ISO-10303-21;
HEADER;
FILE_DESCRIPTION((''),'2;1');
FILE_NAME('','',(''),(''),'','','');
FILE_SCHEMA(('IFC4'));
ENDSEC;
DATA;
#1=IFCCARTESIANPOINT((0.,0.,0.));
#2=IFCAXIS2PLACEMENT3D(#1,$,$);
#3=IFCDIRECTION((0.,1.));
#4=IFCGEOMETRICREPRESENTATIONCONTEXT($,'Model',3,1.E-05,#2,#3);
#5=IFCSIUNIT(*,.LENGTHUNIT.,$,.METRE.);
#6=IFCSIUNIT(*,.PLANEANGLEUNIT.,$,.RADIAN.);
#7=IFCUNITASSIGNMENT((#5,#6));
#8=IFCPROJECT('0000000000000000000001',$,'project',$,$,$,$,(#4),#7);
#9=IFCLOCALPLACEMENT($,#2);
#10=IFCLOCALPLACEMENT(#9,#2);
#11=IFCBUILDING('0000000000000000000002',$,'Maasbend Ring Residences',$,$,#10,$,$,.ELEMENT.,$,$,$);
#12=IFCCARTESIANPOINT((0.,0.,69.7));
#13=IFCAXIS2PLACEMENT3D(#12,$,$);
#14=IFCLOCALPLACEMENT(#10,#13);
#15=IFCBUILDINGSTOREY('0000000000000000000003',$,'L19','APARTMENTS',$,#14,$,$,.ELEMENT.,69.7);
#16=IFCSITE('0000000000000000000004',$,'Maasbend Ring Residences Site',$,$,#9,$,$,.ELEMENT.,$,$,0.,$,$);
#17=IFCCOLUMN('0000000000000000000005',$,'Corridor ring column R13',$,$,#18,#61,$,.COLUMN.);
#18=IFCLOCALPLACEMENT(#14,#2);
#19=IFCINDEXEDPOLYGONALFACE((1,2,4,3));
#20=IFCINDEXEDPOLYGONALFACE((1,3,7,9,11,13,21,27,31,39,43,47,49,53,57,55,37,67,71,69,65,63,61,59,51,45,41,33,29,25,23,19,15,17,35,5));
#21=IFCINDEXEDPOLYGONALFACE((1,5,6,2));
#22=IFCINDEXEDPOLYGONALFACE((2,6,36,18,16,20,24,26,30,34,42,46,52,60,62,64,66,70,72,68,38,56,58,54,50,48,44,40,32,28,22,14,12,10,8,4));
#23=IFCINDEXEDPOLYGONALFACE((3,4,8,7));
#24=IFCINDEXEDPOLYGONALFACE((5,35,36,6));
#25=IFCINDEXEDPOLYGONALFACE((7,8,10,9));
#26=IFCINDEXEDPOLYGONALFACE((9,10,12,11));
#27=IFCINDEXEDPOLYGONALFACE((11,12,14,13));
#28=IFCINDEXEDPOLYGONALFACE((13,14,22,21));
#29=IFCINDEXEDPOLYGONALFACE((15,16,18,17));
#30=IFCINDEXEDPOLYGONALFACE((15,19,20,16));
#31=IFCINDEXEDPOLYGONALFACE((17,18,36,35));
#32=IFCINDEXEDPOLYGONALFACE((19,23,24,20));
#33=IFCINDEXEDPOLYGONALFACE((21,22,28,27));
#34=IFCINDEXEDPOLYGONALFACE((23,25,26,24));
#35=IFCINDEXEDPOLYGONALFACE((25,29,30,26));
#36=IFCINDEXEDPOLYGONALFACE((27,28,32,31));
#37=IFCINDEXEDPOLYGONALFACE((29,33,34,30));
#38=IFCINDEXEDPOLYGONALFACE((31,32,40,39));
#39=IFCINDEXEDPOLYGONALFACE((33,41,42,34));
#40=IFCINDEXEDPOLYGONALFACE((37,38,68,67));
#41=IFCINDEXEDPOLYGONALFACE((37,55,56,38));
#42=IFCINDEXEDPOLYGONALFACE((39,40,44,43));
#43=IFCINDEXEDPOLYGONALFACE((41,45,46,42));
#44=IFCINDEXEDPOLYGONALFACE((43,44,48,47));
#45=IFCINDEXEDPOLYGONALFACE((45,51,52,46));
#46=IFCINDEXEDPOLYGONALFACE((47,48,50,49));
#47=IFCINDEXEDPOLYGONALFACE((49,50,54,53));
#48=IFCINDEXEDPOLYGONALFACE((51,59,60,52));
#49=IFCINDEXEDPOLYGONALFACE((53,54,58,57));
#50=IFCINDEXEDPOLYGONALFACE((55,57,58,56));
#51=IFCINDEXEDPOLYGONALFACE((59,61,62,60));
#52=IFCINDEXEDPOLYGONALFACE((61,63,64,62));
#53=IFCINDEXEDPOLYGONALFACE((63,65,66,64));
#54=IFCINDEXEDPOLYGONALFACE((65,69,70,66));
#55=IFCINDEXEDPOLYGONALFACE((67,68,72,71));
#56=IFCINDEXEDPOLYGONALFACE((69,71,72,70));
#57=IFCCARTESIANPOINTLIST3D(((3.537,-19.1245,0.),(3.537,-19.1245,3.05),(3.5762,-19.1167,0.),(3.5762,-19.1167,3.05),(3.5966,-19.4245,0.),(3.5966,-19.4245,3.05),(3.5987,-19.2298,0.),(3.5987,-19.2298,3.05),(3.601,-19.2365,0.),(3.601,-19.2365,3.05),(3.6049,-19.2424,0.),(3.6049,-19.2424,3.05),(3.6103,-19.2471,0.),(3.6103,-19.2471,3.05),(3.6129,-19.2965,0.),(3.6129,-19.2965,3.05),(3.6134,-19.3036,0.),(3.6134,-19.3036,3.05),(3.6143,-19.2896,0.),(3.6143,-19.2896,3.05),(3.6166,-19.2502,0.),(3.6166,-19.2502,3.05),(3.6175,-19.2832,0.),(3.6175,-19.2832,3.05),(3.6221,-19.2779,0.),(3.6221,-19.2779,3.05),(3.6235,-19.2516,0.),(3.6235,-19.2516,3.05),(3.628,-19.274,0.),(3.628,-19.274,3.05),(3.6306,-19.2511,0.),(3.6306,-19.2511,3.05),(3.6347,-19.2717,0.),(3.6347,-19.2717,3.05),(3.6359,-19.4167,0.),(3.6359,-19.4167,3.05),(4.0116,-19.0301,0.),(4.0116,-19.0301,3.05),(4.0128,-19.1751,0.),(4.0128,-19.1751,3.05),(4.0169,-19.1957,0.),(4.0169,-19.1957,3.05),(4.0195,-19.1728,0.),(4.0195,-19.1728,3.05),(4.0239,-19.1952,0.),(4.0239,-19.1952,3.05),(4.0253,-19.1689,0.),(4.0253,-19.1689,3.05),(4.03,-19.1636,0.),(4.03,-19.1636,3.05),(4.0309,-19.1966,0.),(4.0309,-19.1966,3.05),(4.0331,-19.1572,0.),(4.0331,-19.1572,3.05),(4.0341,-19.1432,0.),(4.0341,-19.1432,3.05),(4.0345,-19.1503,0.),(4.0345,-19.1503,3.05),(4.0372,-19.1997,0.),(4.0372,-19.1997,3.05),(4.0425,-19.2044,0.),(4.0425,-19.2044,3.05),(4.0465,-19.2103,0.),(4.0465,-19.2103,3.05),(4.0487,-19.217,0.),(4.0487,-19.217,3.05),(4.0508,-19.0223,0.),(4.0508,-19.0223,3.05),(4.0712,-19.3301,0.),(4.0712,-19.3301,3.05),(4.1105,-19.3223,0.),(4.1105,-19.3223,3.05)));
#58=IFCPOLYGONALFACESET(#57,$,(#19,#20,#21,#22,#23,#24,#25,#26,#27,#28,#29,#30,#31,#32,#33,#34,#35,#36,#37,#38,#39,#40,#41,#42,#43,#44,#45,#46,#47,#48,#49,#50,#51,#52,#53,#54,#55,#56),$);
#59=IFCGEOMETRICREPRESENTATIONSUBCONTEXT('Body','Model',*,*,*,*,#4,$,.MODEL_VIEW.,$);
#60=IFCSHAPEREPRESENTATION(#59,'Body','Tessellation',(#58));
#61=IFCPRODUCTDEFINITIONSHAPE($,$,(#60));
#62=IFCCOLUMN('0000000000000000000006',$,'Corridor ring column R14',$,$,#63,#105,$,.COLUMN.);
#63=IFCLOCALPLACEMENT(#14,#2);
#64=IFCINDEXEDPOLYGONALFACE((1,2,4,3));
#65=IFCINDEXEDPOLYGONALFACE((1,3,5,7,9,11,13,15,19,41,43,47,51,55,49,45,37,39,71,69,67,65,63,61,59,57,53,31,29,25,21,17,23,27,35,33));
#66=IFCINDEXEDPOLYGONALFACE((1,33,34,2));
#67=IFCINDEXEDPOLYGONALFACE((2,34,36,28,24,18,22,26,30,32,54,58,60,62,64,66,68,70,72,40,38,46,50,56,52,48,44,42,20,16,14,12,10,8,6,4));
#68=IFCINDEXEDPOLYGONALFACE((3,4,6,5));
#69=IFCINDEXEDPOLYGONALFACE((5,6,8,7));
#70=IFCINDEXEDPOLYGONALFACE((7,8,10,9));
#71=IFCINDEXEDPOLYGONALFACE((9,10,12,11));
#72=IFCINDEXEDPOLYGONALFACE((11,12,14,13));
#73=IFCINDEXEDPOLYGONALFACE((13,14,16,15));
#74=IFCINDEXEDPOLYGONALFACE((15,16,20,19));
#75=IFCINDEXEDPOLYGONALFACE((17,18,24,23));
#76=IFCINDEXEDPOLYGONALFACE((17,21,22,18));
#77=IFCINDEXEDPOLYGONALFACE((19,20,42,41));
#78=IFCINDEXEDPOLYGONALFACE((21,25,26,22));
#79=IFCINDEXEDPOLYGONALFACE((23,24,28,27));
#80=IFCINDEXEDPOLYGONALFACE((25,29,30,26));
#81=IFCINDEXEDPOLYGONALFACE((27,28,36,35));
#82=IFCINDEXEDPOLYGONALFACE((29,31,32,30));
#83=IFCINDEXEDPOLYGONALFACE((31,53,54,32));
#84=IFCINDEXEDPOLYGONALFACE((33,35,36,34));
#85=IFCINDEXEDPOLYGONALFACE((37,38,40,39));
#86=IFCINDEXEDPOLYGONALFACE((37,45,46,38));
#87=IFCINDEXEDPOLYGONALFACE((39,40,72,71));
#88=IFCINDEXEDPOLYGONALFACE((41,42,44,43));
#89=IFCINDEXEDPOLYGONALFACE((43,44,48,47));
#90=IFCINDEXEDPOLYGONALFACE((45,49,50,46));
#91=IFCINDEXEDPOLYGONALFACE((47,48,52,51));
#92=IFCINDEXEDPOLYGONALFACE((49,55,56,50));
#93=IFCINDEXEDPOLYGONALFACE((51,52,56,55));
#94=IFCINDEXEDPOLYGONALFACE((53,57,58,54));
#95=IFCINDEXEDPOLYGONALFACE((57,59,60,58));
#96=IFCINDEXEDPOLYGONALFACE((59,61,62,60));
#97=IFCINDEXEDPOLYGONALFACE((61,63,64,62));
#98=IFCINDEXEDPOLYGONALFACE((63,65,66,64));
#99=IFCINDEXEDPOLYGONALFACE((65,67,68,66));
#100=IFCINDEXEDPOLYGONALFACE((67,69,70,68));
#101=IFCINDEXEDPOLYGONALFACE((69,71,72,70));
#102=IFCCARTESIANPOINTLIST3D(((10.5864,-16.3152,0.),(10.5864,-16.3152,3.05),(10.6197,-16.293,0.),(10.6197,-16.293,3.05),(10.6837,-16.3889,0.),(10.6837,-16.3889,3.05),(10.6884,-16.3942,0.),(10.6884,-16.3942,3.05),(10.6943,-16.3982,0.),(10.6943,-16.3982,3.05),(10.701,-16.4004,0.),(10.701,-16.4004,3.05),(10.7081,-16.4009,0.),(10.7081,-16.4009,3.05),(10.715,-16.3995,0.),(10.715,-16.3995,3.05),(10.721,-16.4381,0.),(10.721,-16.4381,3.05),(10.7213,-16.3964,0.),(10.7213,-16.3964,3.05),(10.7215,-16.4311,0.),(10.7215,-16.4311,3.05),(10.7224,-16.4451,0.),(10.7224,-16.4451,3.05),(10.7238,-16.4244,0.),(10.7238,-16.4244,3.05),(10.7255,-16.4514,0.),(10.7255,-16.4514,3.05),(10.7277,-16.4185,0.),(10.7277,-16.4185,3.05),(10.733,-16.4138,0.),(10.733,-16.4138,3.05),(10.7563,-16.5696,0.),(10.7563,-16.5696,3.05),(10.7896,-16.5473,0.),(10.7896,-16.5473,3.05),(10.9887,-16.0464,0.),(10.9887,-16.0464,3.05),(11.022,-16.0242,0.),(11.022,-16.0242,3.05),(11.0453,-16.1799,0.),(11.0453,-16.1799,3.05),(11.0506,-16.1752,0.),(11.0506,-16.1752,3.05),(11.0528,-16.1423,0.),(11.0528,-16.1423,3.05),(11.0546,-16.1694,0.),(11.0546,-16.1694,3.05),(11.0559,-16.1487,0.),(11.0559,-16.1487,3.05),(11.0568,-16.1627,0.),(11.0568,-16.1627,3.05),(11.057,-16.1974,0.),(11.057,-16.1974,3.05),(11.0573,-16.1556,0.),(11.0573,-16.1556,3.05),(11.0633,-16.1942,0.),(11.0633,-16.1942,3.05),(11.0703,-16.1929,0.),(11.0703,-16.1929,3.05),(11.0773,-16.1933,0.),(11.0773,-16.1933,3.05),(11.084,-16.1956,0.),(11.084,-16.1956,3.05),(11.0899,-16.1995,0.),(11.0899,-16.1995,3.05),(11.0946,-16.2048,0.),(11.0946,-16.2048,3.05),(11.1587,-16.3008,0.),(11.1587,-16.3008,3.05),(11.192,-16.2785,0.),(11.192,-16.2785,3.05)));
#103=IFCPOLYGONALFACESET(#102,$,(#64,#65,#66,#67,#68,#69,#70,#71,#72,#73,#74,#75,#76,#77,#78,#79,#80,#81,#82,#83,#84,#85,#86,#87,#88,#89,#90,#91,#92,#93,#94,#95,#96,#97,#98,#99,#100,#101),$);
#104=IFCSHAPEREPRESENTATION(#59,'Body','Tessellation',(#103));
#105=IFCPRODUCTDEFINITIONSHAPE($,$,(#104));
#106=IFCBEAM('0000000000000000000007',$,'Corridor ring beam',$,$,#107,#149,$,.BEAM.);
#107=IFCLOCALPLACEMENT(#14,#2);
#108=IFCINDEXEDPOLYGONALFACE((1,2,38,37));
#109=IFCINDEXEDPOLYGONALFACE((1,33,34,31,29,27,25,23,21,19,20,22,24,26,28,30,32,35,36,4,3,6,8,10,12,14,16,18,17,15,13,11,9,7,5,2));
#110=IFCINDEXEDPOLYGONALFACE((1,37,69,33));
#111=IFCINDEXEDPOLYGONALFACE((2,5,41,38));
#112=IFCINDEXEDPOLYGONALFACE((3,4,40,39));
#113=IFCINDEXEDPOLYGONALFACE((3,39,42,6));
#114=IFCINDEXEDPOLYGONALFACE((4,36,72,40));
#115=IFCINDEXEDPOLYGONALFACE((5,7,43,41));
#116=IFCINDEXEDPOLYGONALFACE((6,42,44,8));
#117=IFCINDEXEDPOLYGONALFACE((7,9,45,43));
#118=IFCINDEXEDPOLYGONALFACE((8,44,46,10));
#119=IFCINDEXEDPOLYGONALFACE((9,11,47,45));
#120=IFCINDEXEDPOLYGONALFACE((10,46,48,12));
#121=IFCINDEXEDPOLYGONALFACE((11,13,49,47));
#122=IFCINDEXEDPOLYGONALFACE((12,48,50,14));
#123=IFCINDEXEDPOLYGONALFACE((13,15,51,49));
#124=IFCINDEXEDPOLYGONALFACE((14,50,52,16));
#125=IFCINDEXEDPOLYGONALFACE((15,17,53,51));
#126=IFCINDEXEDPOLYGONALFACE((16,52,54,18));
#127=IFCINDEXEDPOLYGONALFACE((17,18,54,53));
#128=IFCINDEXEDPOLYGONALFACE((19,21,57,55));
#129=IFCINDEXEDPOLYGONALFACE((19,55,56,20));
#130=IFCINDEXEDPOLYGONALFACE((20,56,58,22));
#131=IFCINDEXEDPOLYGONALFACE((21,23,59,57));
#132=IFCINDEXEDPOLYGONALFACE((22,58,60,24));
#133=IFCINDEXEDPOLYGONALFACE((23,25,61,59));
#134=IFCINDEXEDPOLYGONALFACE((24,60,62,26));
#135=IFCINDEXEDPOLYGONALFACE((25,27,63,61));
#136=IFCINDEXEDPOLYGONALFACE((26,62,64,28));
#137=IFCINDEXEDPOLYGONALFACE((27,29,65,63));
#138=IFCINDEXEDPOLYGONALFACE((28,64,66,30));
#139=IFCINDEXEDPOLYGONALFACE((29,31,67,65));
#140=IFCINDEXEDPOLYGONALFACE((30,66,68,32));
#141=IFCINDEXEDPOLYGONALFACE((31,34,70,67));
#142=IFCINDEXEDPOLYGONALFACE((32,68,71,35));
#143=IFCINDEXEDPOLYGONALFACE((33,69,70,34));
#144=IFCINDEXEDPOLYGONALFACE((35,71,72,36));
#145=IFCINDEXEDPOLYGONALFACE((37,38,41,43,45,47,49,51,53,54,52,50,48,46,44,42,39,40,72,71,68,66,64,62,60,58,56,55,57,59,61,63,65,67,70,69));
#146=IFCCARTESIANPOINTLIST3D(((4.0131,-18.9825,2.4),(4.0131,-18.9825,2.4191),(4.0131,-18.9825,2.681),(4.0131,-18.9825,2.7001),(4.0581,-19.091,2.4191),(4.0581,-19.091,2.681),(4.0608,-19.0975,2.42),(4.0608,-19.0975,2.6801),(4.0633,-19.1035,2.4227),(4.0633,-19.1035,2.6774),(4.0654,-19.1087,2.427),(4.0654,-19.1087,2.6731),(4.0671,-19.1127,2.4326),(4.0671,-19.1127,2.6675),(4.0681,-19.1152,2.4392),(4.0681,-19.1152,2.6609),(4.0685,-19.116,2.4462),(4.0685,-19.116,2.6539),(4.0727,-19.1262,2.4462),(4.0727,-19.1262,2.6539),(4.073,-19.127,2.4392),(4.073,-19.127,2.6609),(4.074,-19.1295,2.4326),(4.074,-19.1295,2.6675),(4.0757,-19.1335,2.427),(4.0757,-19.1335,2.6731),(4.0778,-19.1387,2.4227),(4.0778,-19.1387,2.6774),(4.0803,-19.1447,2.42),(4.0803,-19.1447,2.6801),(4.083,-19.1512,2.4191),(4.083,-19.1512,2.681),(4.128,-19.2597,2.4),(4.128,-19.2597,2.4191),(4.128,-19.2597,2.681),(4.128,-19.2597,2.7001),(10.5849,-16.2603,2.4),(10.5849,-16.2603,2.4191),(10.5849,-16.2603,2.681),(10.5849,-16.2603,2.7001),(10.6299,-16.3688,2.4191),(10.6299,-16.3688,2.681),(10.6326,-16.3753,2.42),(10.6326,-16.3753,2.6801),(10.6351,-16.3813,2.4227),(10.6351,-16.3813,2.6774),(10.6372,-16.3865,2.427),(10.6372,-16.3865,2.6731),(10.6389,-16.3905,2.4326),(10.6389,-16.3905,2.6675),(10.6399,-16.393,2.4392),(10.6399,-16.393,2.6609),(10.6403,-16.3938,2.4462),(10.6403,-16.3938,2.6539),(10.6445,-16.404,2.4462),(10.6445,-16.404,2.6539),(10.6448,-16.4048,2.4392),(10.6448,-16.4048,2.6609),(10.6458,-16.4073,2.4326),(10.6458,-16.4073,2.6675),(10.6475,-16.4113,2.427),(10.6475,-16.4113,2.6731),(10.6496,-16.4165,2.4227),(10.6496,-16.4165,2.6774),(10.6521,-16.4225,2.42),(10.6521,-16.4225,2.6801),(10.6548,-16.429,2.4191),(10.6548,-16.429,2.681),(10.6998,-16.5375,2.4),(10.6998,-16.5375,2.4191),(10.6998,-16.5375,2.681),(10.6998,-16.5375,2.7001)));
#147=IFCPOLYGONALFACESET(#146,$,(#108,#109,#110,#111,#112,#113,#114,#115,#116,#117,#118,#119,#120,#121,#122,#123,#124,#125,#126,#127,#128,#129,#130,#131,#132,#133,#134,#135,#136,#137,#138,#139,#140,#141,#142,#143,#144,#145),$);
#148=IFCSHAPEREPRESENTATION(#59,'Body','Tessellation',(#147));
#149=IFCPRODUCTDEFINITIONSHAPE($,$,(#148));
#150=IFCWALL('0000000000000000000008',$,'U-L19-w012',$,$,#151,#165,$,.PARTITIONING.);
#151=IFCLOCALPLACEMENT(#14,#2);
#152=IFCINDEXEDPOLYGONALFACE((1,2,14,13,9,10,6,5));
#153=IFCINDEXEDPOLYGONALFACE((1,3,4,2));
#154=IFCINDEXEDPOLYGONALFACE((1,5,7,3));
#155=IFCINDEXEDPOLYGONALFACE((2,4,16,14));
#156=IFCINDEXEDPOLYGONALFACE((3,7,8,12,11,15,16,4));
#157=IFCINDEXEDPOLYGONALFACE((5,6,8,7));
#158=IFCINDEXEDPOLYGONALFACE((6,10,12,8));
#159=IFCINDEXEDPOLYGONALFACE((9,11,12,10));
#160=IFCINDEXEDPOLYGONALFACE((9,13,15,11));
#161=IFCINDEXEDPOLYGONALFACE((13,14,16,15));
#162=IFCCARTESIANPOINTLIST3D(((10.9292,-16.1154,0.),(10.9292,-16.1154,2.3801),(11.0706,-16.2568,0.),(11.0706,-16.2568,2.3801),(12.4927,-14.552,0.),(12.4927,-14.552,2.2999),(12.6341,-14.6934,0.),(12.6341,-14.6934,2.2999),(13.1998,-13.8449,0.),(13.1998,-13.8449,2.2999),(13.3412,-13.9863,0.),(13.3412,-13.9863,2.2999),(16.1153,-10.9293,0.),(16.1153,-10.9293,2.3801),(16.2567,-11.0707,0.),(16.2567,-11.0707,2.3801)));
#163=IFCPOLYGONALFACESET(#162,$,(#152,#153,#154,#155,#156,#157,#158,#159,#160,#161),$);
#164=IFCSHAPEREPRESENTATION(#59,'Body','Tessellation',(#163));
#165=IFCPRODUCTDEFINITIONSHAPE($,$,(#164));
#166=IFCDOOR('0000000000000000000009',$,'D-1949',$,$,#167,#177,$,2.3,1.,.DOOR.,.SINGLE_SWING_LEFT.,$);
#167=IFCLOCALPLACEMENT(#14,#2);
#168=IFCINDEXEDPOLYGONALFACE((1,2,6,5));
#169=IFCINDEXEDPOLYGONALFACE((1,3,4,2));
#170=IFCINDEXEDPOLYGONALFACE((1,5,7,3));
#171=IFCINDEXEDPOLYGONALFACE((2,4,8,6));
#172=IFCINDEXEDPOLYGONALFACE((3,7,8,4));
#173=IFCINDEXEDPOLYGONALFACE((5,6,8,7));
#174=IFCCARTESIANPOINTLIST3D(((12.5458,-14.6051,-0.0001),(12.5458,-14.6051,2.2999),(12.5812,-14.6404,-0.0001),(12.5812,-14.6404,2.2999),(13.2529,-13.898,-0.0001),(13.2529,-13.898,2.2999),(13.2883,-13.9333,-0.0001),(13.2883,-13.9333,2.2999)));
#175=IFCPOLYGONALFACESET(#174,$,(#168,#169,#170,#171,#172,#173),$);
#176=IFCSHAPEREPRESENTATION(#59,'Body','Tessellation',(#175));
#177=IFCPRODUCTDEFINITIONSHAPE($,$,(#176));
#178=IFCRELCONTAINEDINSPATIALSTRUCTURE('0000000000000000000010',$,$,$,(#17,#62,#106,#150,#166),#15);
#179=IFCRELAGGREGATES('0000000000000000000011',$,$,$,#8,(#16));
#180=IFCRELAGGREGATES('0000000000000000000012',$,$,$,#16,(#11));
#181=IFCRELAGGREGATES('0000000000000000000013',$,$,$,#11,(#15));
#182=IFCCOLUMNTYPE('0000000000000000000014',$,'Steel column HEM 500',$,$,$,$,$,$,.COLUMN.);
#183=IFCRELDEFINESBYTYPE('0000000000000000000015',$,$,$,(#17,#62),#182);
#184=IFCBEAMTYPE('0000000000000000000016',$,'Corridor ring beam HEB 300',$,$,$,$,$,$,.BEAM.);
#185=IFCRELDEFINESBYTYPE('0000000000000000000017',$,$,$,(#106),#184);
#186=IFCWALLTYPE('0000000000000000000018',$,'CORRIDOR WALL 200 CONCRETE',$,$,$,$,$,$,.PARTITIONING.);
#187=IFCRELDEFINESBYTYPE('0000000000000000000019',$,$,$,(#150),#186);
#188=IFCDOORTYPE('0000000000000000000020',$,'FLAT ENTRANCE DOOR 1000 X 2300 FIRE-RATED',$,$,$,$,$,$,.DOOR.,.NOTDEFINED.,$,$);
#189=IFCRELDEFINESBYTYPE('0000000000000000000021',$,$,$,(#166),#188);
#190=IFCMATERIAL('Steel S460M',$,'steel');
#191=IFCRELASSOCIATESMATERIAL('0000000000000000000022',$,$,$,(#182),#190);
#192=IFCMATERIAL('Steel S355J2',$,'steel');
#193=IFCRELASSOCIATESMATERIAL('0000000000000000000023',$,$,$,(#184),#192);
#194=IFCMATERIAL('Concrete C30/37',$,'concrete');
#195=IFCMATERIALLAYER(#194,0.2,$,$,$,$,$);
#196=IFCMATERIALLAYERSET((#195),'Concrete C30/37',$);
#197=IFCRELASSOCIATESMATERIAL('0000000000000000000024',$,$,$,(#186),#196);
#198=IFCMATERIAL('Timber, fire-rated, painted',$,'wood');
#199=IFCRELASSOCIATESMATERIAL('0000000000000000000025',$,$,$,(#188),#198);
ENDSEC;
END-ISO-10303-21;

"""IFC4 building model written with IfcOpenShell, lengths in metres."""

from ifc_helpers import new_model, si_unit, direction, frame, frame_2d, origin, origin_2d, place, context, subcontext, project, spatial, rectangle, i_section, extrude, material, layer, layer_set, material_profile, profile_set, type_object, element, fill, save


model = new_model("IFC4")

# Units and contexts
model_context = context("Model", 3, precision=1e-05, world=origin(), true_north=direction((0.0, 1.0)))
body_context = subcontext(model_context, "Body", "Model", "MODEL_VIEW")
ifc_project = project(units=[si_unit("LENGTHUNIT", "METRE"), si_unit("PLANEANGLEUNIT", "RADIAN")], contexts=[model_context])

# Site, building, storey
site_placement = place(None, origin())
site = spatial("IfcSite", under=ifc_project, at=site_placement, Name="Maasbend Ring Residences Site", CompositionType="ELEMENT", RefElevation=0.0)
building_placement = place(site_placement, origin())
building = spatial("IfcBuilding", under=site, at=building_placement, Name="Maasbend Ring Residences", CompositionType="ELEMENT")
storey_placement = place(building_placement, frame((0.0, 0.0, 69.7)))
storey = spatial("IfcBuildingStorey", under=building, at=storey_placement, Name="L19", Description="APARTMENTS", CompositionType="ELEMENT", Elevation=69.7)

# Columns
ifc_material_1 = material(Name="Steel S460M", Category="steel")
ifc_material_profile_1 = material_profile(ifc_material_1, i_section(OverallWidth=0.3059, OverallDepth=0.5239, WebThickness=0.021, FlangeThickness=0.04, FilletRadius=0.0271, at=origin_2d()), Name="HEM 500")
ifc_profile_set_1 = profile_set([ifc_material_profile_1], Name="Steel S460M")
column_type = type_object("IfcColumnType", Name="Steel column HEM 500", PredefinedType="COLUMN", material=ifc_profile_set_1)
for number, where, z_axis, x_axis, name in (
    (1, (3.8237, -19.2234, 0.0), (0.0, 0.0, 1.0), (0.19509, -0.980785, 0.0), "Corridor ring column R13"),
    (2, (10.8892, -16.2969, 0.0), (0.0, 0.0, 1.0), (0.55557, -0.83147, 0.0), "Corridor ring column R14"),
):
    element("IfcColumn", number, at=place(storey_placement, frame(where, z_axis=z_axis, x_axis=x_axis)), inside=storey, type_object=column_type, Name=name, PredefinedType="COLUMN", context=body_context, shape_type="SweptSolid", body=[
        extrude(i_section(OverallWidth=0.3059, OverallDepth=0.5239, WebThickness=0.021, FlangeThickness=0.04, FilletRadius=0.0271, at=origin_2d()), origin(), (0.0, 0.0, 1.0), 3.05),
    ])

# Beam
ifc_material_2 = material(Name="Steel S355J2", Category="steel")
ifc_material_profile_2 = material_profile(ifc_material_2, i_section(OverallWidth=0.3, OverallDepth=0.3, WebThickness=0.011, FlangeThickness=0.019, FilletRadius=0.0271, at=origin_2d()), Name="HEB 300")
ifc_profile_set_2 = profile_set([ifc_material_profile_2], Name="Steel S355J2")
beam_type = type_object("IfcBeamType", Name="Corridor ring beam HEB 300", PredefinedType="BEAM", material=ifc_profile_set_2)
beam_placement = place(storey_placement, frame((4.0706, -19.1211, 2.55), z_axis=(0.923877, 0.382689, 0.0), x_axis=(-0.382689, 0.923877, 0.0)))
element("IfcBeam", 3, at=beam_placement, inside=storey, type_object=beam_type, Name="Corridor ring beam", PredefinedType="BEAM", context=body_context, shape_type="SweptSolid", body=[
    extrude(i_section(OverallWidth=0.3, OverallDepth=0.3, WebThickness=0.011, FlangeThickness=0.019, FilletRadius=0.0271, at=origin_2d()), origin(), (0.0, 0.0, 1.0), 7.1133),
])

# Wall, opening, door
ifc_material_3 = material(Name="Concrete C30/37", Category="concrete")
ifc_layer_1 = layer(ifc_material_3, 0.2)
ifc_layer_set_1 = layer_set([ifc_layer_1], Name="Concrete C30/37")
wall_type_1 = type_object("IfcWallType", Name="CORRIDOR WALL 200 CONCRETE", PredefinedType="PARTITIONING", material=ifc_layer_set_1)
wall_1_placement = place(storey_placement, frame((11.0, -16.186, 0.0), z_axis=(0.0, 0.0, 1.0), x_axis=(0.707107, 0.707107, 0.0)))
wall_1 = element("IfcWall", 4, at=wall_1_placement, inside=storey, type_object=wall_type_1, Name="U-L19-w012", PredefinedType="PARTITIONING", context=body_context, shape_type="SweptSolid", body=[
    extrude(rectangle(XDim=7.3342, YDim=0.2, at=frame_2d((3.667, 0.0))), origin(), (0.0, 0.0, 1.0), 2.3801),
])
opening_1_placement = place(wall_1_placement, frame((2.2109, 0.0, 0.0)))
opening_1 = element("IfcOpeningElement", 5, at=opening_1_placement, cuts=wall_1, PredefinedType="OPENING", context=body_context, shape_type="SweptSolid", body=[
    extrude(rectangle(XDim=1.0, YDim=2.3, at=frame_2d((0.5, 1.1499))), frame((0.0, 0.1099, 0.0), z_axis=(0.0, -1.0, 0.0), x_axis=(1.0, 0.0, 0.0)), (0.0, 0.0, 1.0), 0.22),
])
ifc_material_4 = material(Name="Timber, fire-rated, painted", Category="wood")
door_type_1 = type_object("IfcDoorType", Name="FLAT ENTRANCE DOOR 1000 X 2300 FIRE-RATED", OperationType="NOTDEFINED", PredefinedType="DOOR", material=ifc_material_4)
door_1_placement = place(opening_1_placement, origin())
door_1 = element("IfcDoor", 6, at=door_1_placement, inside=storey, type_object=door_type_1, Name="D-1949", OperationType="SINGLE_SWING_LEFT", OverallHeight=2.3, OverallWidth=1.0, PredefinedType="DOOR", context=body_context, shape_type="SweptSolid", body=[
    extrude(rectangle(XDim=1.0, YDim=2.3, at=frame_2d((0.5, 1.1499))), frame((0.0, 0.0249, 0.0), z_axis=(0.0, -1.0, 0.0), x_axis=(1.0, 0.0, 0.0)), (0.0, 0.0, 1.0), 0.05),
])
fill(opening_1, door_1)

save(model, "model.ifc")
